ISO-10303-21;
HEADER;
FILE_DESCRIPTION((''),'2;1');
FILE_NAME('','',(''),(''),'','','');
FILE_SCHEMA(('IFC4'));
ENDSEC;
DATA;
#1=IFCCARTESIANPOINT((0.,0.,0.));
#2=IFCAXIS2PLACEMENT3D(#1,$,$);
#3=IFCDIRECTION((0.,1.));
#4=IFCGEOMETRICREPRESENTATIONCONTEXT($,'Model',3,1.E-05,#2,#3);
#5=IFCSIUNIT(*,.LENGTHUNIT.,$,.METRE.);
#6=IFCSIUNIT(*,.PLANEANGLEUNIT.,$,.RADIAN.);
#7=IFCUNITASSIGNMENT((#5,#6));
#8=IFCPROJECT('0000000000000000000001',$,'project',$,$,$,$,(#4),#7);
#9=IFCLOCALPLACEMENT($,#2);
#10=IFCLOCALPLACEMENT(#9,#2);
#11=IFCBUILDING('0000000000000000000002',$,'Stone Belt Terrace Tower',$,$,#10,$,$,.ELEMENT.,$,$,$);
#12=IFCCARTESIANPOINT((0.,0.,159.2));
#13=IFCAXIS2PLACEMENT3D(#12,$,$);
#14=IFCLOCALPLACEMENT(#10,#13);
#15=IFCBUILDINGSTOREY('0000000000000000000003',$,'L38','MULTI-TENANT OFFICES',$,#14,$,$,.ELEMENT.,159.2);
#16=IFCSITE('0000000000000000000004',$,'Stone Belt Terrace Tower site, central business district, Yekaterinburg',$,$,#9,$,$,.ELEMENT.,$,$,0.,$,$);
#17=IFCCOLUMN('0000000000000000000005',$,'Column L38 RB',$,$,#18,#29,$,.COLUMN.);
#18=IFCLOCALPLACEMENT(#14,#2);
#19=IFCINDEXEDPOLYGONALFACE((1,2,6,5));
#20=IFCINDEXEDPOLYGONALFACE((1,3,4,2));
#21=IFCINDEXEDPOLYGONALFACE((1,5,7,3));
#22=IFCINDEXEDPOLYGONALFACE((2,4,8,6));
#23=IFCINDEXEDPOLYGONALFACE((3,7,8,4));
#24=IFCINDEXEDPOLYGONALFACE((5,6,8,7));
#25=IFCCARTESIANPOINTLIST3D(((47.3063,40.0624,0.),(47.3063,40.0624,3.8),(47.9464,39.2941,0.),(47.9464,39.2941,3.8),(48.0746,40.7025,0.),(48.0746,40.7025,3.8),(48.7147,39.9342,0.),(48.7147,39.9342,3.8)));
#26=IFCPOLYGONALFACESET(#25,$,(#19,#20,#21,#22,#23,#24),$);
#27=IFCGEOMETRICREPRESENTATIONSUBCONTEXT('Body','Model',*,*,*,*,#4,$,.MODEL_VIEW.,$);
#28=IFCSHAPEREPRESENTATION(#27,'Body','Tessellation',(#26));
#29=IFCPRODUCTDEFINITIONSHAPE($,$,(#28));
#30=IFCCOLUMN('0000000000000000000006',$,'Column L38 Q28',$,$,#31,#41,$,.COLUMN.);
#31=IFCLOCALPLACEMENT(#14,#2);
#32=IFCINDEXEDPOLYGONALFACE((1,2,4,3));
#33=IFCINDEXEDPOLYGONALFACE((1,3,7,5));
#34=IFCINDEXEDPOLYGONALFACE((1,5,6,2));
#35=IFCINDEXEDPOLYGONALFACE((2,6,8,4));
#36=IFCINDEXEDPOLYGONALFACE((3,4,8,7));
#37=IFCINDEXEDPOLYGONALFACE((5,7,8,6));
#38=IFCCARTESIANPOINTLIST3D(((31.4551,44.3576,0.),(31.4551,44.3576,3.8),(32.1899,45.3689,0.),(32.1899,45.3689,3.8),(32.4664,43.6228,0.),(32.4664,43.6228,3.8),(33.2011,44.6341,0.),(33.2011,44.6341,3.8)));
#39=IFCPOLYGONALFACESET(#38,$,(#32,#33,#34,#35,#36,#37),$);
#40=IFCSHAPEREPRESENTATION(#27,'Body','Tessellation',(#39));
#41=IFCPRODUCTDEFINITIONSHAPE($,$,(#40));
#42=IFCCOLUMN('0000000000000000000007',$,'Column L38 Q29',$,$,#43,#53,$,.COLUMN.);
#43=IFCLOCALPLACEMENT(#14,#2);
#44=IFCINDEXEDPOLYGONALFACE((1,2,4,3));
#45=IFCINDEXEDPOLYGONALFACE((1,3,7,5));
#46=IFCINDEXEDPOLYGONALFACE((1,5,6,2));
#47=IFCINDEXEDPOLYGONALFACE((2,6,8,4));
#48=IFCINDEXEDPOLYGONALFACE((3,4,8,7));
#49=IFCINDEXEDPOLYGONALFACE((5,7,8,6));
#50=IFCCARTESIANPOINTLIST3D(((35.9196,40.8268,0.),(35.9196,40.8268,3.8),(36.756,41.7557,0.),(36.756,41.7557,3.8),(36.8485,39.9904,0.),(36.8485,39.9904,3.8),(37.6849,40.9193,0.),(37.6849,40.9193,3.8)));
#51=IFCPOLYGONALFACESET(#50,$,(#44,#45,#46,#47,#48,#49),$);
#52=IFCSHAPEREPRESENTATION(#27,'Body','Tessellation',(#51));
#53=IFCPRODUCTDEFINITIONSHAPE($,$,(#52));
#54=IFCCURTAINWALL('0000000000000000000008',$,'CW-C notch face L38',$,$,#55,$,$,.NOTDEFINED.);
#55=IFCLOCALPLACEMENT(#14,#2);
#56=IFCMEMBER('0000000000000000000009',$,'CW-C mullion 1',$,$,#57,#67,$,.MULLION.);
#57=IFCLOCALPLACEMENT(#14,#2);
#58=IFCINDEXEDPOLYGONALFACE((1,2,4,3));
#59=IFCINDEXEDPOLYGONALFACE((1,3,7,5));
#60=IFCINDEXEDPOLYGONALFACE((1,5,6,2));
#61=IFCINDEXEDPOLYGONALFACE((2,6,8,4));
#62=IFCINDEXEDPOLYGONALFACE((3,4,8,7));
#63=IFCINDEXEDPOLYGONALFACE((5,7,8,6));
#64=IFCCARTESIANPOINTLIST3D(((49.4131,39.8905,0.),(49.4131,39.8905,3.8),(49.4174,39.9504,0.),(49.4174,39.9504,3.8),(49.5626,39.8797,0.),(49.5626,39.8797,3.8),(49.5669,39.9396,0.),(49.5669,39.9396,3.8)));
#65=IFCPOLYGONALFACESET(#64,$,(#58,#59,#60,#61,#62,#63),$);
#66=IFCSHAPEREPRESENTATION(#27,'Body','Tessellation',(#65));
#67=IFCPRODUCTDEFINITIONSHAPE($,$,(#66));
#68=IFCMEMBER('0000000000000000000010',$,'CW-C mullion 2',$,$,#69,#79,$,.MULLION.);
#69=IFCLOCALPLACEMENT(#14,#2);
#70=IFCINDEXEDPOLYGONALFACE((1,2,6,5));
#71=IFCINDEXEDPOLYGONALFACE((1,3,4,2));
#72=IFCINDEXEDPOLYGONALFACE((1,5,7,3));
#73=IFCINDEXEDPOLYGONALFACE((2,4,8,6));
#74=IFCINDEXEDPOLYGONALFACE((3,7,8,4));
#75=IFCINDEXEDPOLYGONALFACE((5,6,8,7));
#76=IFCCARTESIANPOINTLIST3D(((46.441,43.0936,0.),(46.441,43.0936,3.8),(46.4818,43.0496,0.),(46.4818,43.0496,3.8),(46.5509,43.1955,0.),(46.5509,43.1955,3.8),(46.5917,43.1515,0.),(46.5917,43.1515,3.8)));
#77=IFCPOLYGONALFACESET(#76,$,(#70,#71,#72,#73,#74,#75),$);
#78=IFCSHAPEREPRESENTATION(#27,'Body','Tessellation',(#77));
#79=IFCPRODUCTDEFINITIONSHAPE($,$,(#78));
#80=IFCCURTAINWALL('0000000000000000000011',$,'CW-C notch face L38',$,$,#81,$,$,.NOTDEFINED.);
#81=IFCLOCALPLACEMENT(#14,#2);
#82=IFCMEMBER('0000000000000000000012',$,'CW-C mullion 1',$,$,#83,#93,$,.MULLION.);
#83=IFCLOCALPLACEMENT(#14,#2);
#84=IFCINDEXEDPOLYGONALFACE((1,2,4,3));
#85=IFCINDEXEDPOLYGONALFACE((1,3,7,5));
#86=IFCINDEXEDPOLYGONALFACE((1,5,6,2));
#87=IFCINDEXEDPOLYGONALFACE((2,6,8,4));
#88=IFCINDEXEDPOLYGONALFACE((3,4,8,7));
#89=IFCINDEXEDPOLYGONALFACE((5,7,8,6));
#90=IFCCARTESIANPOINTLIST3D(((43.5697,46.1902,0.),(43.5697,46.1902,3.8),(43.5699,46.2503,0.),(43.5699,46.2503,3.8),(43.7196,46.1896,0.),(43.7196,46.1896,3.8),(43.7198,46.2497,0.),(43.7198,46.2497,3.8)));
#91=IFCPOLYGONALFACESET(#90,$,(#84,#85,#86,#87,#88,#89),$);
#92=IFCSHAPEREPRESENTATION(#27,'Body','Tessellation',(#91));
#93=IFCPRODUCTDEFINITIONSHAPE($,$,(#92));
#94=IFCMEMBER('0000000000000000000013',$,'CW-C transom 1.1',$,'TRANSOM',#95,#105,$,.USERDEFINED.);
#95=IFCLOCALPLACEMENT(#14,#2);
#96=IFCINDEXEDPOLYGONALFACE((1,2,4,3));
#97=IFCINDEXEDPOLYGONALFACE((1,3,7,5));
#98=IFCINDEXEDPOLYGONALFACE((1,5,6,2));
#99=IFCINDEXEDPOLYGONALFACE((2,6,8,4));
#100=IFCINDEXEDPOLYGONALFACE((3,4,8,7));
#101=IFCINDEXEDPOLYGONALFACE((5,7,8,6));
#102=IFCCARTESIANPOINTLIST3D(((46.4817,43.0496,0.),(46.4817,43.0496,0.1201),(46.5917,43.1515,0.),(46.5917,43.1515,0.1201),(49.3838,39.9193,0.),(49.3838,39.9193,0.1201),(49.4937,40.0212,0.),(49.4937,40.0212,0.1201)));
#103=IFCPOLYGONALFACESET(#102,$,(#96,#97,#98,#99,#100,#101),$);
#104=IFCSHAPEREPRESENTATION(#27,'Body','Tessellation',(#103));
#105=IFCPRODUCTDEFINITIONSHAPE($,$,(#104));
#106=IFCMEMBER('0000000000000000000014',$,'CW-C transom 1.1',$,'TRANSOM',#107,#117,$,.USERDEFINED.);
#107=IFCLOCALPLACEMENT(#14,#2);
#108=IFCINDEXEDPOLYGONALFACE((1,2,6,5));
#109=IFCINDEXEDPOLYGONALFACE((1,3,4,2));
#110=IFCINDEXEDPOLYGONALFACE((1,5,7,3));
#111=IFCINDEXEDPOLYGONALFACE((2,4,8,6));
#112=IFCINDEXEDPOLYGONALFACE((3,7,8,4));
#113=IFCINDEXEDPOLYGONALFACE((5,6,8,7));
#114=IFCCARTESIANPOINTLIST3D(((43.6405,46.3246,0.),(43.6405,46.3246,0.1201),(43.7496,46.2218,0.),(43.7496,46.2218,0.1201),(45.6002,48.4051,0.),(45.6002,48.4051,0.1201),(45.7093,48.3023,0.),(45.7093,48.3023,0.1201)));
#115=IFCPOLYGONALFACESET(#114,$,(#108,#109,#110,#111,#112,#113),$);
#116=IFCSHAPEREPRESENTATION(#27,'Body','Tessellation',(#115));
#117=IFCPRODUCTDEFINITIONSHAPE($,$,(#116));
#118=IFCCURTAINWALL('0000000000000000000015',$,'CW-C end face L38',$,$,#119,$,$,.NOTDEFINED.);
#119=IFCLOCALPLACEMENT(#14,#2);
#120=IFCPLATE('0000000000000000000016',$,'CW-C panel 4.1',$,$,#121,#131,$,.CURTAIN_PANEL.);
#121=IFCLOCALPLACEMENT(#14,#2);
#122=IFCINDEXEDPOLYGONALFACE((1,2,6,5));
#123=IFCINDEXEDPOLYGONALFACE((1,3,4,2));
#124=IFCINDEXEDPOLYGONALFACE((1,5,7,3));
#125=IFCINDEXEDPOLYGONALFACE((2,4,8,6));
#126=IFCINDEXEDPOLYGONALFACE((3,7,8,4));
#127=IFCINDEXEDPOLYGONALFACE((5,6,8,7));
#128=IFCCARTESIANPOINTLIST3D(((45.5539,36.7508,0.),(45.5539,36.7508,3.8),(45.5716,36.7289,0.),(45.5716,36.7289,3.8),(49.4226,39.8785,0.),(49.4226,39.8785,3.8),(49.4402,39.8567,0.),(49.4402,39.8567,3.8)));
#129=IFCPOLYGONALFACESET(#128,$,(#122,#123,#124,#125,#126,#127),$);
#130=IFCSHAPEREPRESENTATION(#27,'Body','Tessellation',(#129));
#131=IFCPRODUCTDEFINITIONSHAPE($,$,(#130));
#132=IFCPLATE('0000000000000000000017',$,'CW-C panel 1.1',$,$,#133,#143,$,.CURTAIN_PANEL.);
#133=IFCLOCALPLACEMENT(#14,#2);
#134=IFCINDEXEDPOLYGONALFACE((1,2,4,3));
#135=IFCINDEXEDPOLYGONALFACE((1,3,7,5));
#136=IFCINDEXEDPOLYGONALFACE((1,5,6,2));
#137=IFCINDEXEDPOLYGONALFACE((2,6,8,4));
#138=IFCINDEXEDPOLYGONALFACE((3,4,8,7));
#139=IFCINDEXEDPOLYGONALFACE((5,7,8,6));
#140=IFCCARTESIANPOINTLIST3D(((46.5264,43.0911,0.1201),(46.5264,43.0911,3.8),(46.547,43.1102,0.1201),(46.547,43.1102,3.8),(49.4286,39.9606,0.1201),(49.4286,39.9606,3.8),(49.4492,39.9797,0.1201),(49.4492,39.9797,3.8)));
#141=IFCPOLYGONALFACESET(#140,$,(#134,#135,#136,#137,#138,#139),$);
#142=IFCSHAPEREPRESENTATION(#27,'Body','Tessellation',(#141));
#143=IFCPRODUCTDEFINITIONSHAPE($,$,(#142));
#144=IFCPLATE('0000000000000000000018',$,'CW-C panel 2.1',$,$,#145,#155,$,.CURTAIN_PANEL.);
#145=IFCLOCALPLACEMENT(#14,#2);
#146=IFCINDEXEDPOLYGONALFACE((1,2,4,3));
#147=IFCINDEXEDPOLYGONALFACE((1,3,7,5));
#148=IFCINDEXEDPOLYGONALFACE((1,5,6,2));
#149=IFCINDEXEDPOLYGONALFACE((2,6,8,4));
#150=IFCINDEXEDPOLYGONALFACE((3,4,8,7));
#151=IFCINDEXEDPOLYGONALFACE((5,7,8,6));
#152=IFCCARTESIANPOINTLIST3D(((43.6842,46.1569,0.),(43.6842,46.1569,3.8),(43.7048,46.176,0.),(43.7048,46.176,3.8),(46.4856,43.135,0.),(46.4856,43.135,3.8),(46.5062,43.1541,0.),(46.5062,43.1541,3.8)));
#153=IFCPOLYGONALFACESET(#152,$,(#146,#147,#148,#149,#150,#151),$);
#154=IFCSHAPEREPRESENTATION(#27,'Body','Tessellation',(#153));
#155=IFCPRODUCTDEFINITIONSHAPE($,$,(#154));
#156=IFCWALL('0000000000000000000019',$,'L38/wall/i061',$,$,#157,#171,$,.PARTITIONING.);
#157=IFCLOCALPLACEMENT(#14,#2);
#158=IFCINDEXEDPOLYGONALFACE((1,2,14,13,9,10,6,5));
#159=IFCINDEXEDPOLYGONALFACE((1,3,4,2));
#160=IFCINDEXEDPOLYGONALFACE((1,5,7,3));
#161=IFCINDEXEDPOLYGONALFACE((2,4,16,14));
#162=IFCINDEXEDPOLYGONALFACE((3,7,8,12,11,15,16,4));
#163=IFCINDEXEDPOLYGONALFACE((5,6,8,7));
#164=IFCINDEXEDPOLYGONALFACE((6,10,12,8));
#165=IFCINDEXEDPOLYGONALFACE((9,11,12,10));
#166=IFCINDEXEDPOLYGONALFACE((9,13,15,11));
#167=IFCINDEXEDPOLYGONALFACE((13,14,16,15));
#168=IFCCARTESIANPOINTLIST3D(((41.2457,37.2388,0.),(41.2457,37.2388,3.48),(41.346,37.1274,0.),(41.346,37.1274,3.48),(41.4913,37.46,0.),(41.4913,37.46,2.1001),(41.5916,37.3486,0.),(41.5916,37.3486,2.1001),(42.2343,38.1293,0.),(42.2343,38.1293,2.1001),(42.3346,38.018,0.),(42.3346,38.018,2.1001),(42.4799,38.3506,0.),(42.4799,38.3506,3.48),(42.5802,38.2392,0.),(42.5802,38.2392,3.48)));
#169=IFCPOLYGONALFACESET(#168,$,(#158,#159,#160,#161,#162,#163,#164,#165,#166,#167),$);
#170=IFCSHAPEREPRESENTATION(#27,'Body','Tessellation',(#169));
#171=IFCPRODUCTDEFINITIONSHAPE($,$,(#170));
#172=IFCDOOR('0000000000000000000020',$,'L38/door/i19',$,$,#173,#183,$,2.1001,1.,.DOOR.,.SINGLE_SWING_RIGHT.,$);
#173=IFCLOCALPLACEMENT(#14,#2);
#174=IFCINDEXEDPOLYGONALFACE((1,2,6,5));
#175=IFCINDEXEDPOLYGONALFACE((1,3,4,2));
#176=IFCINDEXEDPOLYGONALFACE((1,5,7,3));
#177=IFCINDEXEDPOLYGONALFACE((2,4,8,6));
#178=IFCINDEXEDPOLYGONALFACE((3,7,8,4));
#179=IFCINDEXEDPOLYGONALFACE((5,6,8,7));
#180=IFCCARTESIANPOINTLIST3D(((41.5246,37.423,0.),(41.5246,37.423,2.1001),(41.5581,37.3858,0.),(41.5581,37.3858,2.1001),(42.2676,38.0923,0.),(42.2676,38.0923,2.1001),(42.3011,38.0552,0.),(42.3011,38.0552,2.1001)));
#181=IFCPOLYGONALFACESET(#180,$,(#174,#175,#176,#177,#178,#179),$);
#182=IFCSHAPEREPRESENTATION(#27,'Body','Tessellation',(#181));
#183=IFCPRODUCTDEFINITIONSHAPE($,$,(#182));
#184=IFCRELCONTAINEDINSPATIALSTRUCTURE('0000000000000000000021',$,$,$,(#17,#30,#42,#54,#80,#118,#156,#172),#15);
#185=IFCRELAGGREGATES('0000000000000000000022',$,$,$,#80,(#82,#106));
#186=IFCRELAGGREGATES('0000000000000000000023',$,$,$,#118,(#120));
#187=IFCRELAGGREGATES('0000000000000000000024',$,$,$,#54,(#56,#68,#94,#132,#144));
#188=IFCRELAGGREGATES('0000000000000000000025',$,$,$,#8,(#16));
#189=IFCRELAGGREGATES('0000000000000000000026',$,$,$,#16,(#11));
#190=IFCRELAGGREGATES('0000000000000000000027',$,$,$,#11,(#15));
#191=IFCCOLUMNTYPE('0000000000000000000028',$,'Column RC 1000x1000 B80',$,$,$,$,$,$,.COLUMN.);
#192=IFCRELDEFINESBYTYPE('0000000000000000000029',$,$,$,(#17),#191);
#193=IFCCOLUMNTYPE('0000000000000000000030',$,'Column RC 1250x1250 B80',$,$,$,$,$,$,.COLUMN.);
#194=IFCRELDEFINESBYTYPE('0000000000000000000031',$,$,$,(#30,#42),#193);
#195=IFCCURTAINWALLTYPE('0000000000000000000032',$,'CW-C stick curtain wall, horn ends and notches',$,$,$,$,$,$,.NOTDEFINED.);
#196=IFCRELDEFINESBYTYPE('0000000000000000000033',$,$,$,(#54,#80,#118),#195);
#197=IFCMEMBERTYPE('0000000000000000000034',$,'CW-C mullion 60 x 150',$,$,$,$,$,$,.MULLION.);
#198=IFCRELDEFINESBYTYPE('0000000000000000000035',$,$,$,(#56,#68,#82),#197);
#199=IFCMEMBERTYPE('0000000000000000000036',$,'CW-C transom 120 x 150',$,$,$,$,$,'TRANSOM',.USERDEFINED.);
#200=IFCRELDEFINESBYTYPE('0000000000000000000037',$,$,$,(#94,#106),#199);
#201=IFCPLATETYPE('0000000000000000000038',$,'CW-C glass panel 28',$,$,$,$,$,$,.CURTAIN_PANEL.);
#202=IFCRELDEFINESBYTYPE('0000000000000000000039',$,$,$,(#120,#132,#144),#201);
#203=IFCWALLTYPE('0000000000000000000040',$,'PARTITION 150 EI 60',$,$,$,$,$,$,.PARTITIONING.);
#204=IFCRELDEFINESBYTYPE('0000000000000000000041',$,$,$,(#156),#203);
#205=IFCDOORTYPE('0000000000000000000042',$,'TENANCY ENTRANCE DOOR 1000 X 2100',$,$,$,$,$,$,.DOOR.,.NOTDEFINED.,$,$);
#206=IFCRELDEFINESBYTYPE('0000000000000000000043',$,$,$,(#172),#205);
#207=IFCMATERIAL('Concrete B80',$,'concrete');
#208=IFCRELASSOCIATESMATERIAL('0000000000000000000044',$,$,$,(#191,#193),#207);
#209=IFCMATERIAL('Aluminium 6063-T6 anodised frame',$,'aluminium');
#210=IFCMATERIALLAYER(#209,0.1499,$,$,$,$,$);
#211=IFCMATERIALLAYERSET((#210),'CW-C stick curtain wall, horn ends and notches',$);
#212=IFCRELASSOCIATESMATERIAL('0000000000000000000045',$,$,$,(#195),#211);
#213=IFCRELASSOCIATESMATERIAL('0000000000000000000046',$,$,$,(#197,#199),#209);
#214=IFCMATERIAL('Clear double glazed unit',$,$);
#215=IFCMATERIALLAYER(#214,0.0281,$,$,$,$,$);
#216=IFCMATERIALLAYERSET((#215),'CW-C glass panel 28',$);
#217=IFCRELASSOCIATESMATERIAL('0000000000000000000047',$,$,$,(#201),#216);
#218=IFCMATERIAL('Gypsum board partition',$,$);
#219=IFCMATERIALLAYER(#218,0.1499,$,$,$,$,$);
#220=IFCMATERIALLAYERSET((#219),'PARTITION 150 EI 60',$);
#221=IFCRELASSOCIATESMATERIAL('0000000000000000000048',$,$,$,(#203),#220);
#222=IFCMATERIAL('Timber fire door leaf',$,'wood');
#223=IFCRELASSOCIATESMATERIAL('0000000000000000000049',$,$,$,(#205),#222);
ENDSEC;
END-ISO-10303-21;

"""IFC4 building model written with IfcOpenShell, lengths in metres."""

from ifc_helpers import new_model, si_unit, direction, frame, frame_2d, origin, origin_2d, place, context, subcontext, project, spatial, rectangle, extrude, material, layer, layer_set, material_profile, profile_set, type_object, element, fill, aggregate, save


model = new_model("IFC4")

# Units and contexts
model_context = context("Model", 3, precision=1e-05, world=origin(), true_north=direction((0.0, 1.0)))
body_context = subcontext(model_context, "Body", "Model", "MODEL_VIEW")
ifc_project = project(units=[si_unit("LENGTHUNIT", "METRE"), si_unit("PLANEANGLEUNIT", "RADIAN")], contexts=[model_context])

# Site, building, storey
site_placement = place(None, origin())
site = spatial("IfcSite", under=ifc_project, at=site_placement, Name="Stone Belt Terrace Tower site, central business district, Yekaterinburg", CompositionType="ELEMENT", RefElevation=0.0)
building_placement = place(site_placement, origin())
building = spatial("IfcBuilding", under=site, at=building_placement, Name="Stone Belt Terrace Tower", CompositionType="ELEMENT")
storey_placement = place(building_placement, frame((0.0, 0.0, 159.2)))
storey = spatial("IfcBuildingStorey", under=building, at=storey_placement, Name="L38", Description="MULTI-TENANT OFFICES", CompositionType="ELEMENT", Elevation=159.2)

# Columns
ifc_material_1 = material(Name="Concrete B80", Category="concrete")
ifc_material_profile_1 = material_profile(ifc_material_1, rectangle(XDim=1.0, YDim=1.0, at=origin_2d()), Name="RC 1000x1000")
ifc_profile_set_1 = profile_set([ifc_material_profile_1], Name="Concrete B80")
column_type_1 = type_object("IfcColumnType", Name="Column RC 1000x1000 B80", PredefinedType="COLUMN", material=ifc_profile_set_1)
column_placement = place(storey_placement, frame((48.0105, 39.9983, 0.0), z_axis=(0.0, 0.0, 1.0), x_axis=(0.640086, -0.768304, 0.0)))
element("IfcColumn", 1, at=column_placement, inside=storey, type_object=column_type_1, Name="Column L38 RB", PredefinedType="COLUMN", context=body_context, shape_type="SweptSolid", body=[
    extrude(rectangle(XDim=1.0, YDim=1.0, at=origin_2d()), origin(), (0.0, 0.0, 1.0), 3.8),
])
ifc_material_profile_2 = material_profile(ifc_material_1, rectangle(XDim=1.25, YDim=1.25, at=origin_2d()), Name="RC 1250x1250")
ifc_profile_set_2 = profile_set([ifc_material_profile_2], Name="Concrete B80")
column_type_2 = type_object("IfcColumnType", Name="Column RC 1250x1250 B80", PredefinedType="COLUMN", material=ifc_profile_set_2)
for number, where, z_axis, x_axis, name in (
    (2, (32.3281, 44.4958, 0.0), (0.0, 0.0, 1.0), (0.809017, -0.587785, 0.0), "Column L38 Q28"),
    (3, (36.8022, 40.873, 0.0), (0.0, 0.0, 1.0), (0.743145, -0.669131, 0.0), "Column L38 Q29"),
):
    element("IfcColumn", number, at=place(storey_placement, frame(where, z_axis=z_axis, x_axis=x_axis)), inside=storey, type_object=column_type_2, Name=name, PredefinedType="COLUMN", context=body_context, shape_type="SweptSolid", body=[
        extrude(rectangle(XDim=1.25, YDim=1.25, at=origin_2d()), origin(), (0.0, 0.0, 1.0), 3.8),
    ])

# Curtain wall, members
ifc_material_2 = material(Name="Aluminium 6063-T6 anodised frame", Category="aluminium")
ifc_layer_1 = layer(ifc_material_2, 0.1499)
ifc_layer_set_1 = layer_set([ifc_layer_1], Name="CW-C stick curtain wall, horn ends and notches")
curtain_wall_type = type_object("IfcCurtainWallType", Name="CW-C stick curtain wall, horn ends and notches", PredefinedType="NOTDEFINED", material=ifc_layer_set_1)
curtain_wall_1_placement = place(storey_placement, origin())
curtain_wall_1 = element("IfcCurtainWall", 4, at=curtain_wall_1_placement, inside=storey, type_object=curtain_wall_type, Name="CW-C notch face L38", PredefinedType="NOTDEFINED")
ifc_material_profile_3 = material_profile(ifc_material_2, rectangle(XDim=0.1499, YDim=0.0601, at=origin_2d()), Name="Aluminium 6063-T6 60x150")
ifc_profile_set_3 = profile_set([ifc_material_profile_3], Name="Aluminium 6063-T6 anodised frame")
member_type_1 = type_object("IfcMemberType", Name="CW-C mullion 60 x 150", PredefinedType="MULLION", material=ifc_profile_set_3)
member_1_placement = place(storey_placement, frame((49.49, 39.915, 0.0), z_axis=(0.0, 0.0, 1.0), x_axis=(-0.997432, 0.071615, 0.0)))
member_1 = element("IfcMember", 5, at=member_1_placement, type_object=member_type_1, Name="CW-C mullion 1", PredefinedType="MULLION", context=body_context, shape_type="SweptSolid", body=[
    extrude(rectangle(XDim=0.1499, YDim=0.0601, at=origin_2d()), origin(), (0.0, 0.0, 1.0), 3.8),
])
member_2_placement = place(storey_placement, frame((46.5164, 43.1226, 0.0), z_axis=(0.0, 0.0, 1.0), x_axis=(-0.733352, -0.679849, 0.0)))
member_2 = element("IfcMember", 6, at=member_2_placement, type_object=member_type_1, Name="CW-C mullion 2", PredefinedType="MULLION", context=body_context, shape_type="SweptSolid", body=[
    extrude(rectangle(XDim=0.1499, YDim=0.0601, at=origin_2d()), origin(), (0.0, 0.0, 1.0), 3.8),
])

# Curtain wall, member
curtain_wall_2_placement = place(storey_placement, origin())
curtain_wall_2 = element("IfcCurtainWall", 7, at=curtain_wall_2_placement, inside=storey, type_object=curtain_wall_type, Name="CW-C notch face L38", PredefinedType="NOTDEFINED")
member_3_placement = place(storey_placement, frame((43.6448, 46.22, 0.0), z_axis=(0.0, 0.0, 1.0), x_axis=(-0.999992, 0.004007, 0.0)))
member_3 = element("IfcMember", 8, at=member_3_placement, type_object=member_type_1, Name="CW-C mullion 1", PredefinedType="MULLION", context=body_context, shape_type="SweptSolid", body=[
    extrude(rectangle(XDim=0.1499, YDim=0.0601, at=origin_2d()), origin(), (0.0, 0.0, 1.0), 3.8),
])

# Members
ifc_material_profile_4 = material_profile(ifc_material_2, rectangle(XDim=0.1499, YDim=0.1201, at=origin_2d()), Name="Aluminium 6063-T6 150x120")
ifc_profile_set_4 = profile_set([ifc_material_profile_4], Name="Aluminium 6063-T6 anodised frame")
member_type_2 = type_object("IfcMemberType", Name="CW-C transom 120 x 150", ElementType="TRANSOM", PredefinedType="USERDEFINED", material=ifc_profile_set_4)
member_4_placement = place(storey_placement, frame((49.4387, 39.9702, 0.0601), z_axis=(-0.679863, 0.733339, 0.0), x_axis=(-0.733339, -0.679863, 0.0)))
member_4 = element("IfcMember", 9, at=member_4_placement, type_object=member_type_2, Name="CW-C transom 1.1", ObjectType="TRANSOM", PredefinedType="USERDEFINED", context=body_context, shape_type="SweptSolid", body=[
    extrude(rectangle(XDim=0.1499, YDim=0.1201, at=origin_2d()), origin(), (0.0, 0.0, 1.0), 4.2686),
])
member_5_placement = place(storey_placement, frame((43.6951, 46.2732, 0.0601), z_axis=(0.68565, 0.727932, 0.0), x_axis=(-0.727932, 0.68565, 0.0)))
member_5 = element("IfcMember", 10, at=member_5_placement, type_object=member_type_2, Name="CW-C transom 1.1", ObjectType="TRANSOM", PredefinedType="USERDEFINED", context=body_context, shape_type="SweptSolid", body=[
    extrude(rectangle(XDim=0.1499, YDim=0.1201, at=origin_2d()), origin(), (0.0, 0.0, 1.0), 2.8582),
])
aggregate(curtain_wall_2, [member_3, member_5])

# Curtain wall, plate
curtain_wall_3_placement = place(storey_placement, origin())
curtain_wall_3 = element("IfcCurtainWall", 11, at=curtain_wall_3_placement, inside=storey, type_object=curtain_wall_type, Name="CW-C end face L38", PredefinedType="NOTDEFINED")
ifc_material_3 = material(Name="Clear double glazed unit")
ifc_layer_2 = layer(ifc_material_3, 0.0281)
ifc_layer_set_2 = layer_set([ifc_layer_2], Name="CW-C glass panel 28")
plate_type = type_object("IfcPlateType", Name="CW-C glass panel 28", PredefinedType="CURTAIN_PANEL", material=ifc_layer_set_2)
plate_1_placement = place(storey_placement, frame((47.4971, 38.3037, 0.0), z_axis=(0.0, 0.0, 1.0), x_axis=(0.777644, 0.628705, 0.0)))
plate_1 = element("IfcPlate", 12, at=plate_1_placement, type_object=plate_type, Name="CW-C panel 4.1", PredefinedType="CURTAIN_PANEL", context=body_context, shape_type="SweptSolid", body=[
    extrude(rectangle(XDim=4.9749, YDim=0.0281, at=origin_2d()), origin(), (0.0, 0.0, 1.0), 3.8),
])
aggregate(curtain_wall_3, [plate_1])

# Plates
plate_2_placement = place(storey_placement, frame((47.9878, 41.5354, 0.1201), z_axis=(0.0, 0.0, 1.0), x_axis=(-0.679849, 0.733352, 0.0)))
plate_2 = element("IfcPlate", 13, at=plate_2_placement, type_object=plate_type, Name="CW-C panel 1.1", PredefinedType="CURTAIN_PANEL", context=body_context, shape_type="SweptSolid", body=[
    extrude(rectangle(XDim=4.2688, YDim=0.0281, at=origin_2d()), origin(), (0.0, 0.0, 1.0), 3.6799),
])
plate_3_placement = place(storey_placement, frame((45.0952, 44.6555, 0.0), z_axis=(0.0, 0.0, 1.0), x_axis=(-0.679849, 0.733352, 0.0)))
plate_3 = element("IfcPlate", 14, at=plate_3_placement, type_object=plate_type, Name="CW-C panel 2.1", PredefinedType="CURTAIN_PANEL", context=body_context, shape_type="SweptSolid", body=[
    extrude(rectangle(XDim=4.1206, YDim=0.0281, at=origin_2d()), origin(), (0.0, 0.0, 1.0), 3.8),
])
aggregate(curtain_wall_1, [member_1, member_2, member_4, plate_2, plate_3])

# Wall, opening, door
ifc_material_4 = material(Name="Gypsum board partition")
ifc_layer_3 = layer(ifc_material_4, 0.1499)
ifc_layer_set_3 = layer_set([ifc_layer_3], Name="PARTITION 150 EI 60")
wall_type_1 = type_object("IfcWallType", Name="PARTITION 150 EI 60", PredefinedType="PARTITIONING", material=ifc_layer_set_3)
wall_1_placement = place(storey_placement, frame((42.53, 38.2949, 0.0), z_axis=(0.0, 0.0, 1.0), x_axis=(-0.742965, -0.66933, 0.0)))
wall_1 = element("IfcWall", 15, at=wall_1_placement, inside=storey, type_object=wall_type_1, Name="L38/wall/i061", PredefinedType="PARTITIONING", context=body_context, shape_type="SweptSolid", body=[
    extrude(rectangle(XDim=1.6611, YDim=0.1499, at=frame_2d((0.8306, 0.0))), origin(), (0.0, 0.0, 1.0), 3.48),
])
opening_1_placement = place(wall_1_placement, frame((0.3306, 0.0, 0.0)))
opening_1 = element("IfcOpeningElement", 16, at=opening_1_placement, cuts=wall_1, PredefinedType="OPENING", context=body_context, shape_type="SweptSolid", body=[
    extrude(rectangle(XDim=1.0, YDim=2.1001, at=frame_2d((0.5, 1.05))), frame((0.0, 0.085, 0.0), z_axis=(0.0, -1.0, 0.0), x_axis=(1.0, 0.0, 0.0)), (0.0, 0.0, 1.0), 0.1699),
])
ifc_material_5 = material(Name="Timber fire door leaf", Category="wood")
door_type_1 = type_object("IfcDoorType", Name="TENANCY ENTRANCE DOOR 1000 X 2100", OperationType="NOTDEFINED", PredefinedType="DOOR", material=ifc_material_5)
door_1_placement = place(opening_1_placement, origin())
door_1 = element("IfcDoor", 17, at=door_1_placement, inside=storey, type_object=door_type_1, Name="L38/door/i19", OperationType="SINGLE_SWING_RIGHT", OverallHeight=2.1001, OverallWidth=1.0, PredefinedType="DOOR", context=body_context, shape_type="SweptSolid", body=[
    extrude(rectangle(XDim=1.0, YDim=2.1001, at=frame_2d((0.5, 1.05))), frame((0.0, 0.0249, 0.0), z_axis=(0.0, -1.0, 0.0), x_axis=(1.0, 0.0, 0.0)), (0.0, 0.0, 1.0), 0.05),
])
fill(opening_1, door_1)

save(model, "model.ifc")
